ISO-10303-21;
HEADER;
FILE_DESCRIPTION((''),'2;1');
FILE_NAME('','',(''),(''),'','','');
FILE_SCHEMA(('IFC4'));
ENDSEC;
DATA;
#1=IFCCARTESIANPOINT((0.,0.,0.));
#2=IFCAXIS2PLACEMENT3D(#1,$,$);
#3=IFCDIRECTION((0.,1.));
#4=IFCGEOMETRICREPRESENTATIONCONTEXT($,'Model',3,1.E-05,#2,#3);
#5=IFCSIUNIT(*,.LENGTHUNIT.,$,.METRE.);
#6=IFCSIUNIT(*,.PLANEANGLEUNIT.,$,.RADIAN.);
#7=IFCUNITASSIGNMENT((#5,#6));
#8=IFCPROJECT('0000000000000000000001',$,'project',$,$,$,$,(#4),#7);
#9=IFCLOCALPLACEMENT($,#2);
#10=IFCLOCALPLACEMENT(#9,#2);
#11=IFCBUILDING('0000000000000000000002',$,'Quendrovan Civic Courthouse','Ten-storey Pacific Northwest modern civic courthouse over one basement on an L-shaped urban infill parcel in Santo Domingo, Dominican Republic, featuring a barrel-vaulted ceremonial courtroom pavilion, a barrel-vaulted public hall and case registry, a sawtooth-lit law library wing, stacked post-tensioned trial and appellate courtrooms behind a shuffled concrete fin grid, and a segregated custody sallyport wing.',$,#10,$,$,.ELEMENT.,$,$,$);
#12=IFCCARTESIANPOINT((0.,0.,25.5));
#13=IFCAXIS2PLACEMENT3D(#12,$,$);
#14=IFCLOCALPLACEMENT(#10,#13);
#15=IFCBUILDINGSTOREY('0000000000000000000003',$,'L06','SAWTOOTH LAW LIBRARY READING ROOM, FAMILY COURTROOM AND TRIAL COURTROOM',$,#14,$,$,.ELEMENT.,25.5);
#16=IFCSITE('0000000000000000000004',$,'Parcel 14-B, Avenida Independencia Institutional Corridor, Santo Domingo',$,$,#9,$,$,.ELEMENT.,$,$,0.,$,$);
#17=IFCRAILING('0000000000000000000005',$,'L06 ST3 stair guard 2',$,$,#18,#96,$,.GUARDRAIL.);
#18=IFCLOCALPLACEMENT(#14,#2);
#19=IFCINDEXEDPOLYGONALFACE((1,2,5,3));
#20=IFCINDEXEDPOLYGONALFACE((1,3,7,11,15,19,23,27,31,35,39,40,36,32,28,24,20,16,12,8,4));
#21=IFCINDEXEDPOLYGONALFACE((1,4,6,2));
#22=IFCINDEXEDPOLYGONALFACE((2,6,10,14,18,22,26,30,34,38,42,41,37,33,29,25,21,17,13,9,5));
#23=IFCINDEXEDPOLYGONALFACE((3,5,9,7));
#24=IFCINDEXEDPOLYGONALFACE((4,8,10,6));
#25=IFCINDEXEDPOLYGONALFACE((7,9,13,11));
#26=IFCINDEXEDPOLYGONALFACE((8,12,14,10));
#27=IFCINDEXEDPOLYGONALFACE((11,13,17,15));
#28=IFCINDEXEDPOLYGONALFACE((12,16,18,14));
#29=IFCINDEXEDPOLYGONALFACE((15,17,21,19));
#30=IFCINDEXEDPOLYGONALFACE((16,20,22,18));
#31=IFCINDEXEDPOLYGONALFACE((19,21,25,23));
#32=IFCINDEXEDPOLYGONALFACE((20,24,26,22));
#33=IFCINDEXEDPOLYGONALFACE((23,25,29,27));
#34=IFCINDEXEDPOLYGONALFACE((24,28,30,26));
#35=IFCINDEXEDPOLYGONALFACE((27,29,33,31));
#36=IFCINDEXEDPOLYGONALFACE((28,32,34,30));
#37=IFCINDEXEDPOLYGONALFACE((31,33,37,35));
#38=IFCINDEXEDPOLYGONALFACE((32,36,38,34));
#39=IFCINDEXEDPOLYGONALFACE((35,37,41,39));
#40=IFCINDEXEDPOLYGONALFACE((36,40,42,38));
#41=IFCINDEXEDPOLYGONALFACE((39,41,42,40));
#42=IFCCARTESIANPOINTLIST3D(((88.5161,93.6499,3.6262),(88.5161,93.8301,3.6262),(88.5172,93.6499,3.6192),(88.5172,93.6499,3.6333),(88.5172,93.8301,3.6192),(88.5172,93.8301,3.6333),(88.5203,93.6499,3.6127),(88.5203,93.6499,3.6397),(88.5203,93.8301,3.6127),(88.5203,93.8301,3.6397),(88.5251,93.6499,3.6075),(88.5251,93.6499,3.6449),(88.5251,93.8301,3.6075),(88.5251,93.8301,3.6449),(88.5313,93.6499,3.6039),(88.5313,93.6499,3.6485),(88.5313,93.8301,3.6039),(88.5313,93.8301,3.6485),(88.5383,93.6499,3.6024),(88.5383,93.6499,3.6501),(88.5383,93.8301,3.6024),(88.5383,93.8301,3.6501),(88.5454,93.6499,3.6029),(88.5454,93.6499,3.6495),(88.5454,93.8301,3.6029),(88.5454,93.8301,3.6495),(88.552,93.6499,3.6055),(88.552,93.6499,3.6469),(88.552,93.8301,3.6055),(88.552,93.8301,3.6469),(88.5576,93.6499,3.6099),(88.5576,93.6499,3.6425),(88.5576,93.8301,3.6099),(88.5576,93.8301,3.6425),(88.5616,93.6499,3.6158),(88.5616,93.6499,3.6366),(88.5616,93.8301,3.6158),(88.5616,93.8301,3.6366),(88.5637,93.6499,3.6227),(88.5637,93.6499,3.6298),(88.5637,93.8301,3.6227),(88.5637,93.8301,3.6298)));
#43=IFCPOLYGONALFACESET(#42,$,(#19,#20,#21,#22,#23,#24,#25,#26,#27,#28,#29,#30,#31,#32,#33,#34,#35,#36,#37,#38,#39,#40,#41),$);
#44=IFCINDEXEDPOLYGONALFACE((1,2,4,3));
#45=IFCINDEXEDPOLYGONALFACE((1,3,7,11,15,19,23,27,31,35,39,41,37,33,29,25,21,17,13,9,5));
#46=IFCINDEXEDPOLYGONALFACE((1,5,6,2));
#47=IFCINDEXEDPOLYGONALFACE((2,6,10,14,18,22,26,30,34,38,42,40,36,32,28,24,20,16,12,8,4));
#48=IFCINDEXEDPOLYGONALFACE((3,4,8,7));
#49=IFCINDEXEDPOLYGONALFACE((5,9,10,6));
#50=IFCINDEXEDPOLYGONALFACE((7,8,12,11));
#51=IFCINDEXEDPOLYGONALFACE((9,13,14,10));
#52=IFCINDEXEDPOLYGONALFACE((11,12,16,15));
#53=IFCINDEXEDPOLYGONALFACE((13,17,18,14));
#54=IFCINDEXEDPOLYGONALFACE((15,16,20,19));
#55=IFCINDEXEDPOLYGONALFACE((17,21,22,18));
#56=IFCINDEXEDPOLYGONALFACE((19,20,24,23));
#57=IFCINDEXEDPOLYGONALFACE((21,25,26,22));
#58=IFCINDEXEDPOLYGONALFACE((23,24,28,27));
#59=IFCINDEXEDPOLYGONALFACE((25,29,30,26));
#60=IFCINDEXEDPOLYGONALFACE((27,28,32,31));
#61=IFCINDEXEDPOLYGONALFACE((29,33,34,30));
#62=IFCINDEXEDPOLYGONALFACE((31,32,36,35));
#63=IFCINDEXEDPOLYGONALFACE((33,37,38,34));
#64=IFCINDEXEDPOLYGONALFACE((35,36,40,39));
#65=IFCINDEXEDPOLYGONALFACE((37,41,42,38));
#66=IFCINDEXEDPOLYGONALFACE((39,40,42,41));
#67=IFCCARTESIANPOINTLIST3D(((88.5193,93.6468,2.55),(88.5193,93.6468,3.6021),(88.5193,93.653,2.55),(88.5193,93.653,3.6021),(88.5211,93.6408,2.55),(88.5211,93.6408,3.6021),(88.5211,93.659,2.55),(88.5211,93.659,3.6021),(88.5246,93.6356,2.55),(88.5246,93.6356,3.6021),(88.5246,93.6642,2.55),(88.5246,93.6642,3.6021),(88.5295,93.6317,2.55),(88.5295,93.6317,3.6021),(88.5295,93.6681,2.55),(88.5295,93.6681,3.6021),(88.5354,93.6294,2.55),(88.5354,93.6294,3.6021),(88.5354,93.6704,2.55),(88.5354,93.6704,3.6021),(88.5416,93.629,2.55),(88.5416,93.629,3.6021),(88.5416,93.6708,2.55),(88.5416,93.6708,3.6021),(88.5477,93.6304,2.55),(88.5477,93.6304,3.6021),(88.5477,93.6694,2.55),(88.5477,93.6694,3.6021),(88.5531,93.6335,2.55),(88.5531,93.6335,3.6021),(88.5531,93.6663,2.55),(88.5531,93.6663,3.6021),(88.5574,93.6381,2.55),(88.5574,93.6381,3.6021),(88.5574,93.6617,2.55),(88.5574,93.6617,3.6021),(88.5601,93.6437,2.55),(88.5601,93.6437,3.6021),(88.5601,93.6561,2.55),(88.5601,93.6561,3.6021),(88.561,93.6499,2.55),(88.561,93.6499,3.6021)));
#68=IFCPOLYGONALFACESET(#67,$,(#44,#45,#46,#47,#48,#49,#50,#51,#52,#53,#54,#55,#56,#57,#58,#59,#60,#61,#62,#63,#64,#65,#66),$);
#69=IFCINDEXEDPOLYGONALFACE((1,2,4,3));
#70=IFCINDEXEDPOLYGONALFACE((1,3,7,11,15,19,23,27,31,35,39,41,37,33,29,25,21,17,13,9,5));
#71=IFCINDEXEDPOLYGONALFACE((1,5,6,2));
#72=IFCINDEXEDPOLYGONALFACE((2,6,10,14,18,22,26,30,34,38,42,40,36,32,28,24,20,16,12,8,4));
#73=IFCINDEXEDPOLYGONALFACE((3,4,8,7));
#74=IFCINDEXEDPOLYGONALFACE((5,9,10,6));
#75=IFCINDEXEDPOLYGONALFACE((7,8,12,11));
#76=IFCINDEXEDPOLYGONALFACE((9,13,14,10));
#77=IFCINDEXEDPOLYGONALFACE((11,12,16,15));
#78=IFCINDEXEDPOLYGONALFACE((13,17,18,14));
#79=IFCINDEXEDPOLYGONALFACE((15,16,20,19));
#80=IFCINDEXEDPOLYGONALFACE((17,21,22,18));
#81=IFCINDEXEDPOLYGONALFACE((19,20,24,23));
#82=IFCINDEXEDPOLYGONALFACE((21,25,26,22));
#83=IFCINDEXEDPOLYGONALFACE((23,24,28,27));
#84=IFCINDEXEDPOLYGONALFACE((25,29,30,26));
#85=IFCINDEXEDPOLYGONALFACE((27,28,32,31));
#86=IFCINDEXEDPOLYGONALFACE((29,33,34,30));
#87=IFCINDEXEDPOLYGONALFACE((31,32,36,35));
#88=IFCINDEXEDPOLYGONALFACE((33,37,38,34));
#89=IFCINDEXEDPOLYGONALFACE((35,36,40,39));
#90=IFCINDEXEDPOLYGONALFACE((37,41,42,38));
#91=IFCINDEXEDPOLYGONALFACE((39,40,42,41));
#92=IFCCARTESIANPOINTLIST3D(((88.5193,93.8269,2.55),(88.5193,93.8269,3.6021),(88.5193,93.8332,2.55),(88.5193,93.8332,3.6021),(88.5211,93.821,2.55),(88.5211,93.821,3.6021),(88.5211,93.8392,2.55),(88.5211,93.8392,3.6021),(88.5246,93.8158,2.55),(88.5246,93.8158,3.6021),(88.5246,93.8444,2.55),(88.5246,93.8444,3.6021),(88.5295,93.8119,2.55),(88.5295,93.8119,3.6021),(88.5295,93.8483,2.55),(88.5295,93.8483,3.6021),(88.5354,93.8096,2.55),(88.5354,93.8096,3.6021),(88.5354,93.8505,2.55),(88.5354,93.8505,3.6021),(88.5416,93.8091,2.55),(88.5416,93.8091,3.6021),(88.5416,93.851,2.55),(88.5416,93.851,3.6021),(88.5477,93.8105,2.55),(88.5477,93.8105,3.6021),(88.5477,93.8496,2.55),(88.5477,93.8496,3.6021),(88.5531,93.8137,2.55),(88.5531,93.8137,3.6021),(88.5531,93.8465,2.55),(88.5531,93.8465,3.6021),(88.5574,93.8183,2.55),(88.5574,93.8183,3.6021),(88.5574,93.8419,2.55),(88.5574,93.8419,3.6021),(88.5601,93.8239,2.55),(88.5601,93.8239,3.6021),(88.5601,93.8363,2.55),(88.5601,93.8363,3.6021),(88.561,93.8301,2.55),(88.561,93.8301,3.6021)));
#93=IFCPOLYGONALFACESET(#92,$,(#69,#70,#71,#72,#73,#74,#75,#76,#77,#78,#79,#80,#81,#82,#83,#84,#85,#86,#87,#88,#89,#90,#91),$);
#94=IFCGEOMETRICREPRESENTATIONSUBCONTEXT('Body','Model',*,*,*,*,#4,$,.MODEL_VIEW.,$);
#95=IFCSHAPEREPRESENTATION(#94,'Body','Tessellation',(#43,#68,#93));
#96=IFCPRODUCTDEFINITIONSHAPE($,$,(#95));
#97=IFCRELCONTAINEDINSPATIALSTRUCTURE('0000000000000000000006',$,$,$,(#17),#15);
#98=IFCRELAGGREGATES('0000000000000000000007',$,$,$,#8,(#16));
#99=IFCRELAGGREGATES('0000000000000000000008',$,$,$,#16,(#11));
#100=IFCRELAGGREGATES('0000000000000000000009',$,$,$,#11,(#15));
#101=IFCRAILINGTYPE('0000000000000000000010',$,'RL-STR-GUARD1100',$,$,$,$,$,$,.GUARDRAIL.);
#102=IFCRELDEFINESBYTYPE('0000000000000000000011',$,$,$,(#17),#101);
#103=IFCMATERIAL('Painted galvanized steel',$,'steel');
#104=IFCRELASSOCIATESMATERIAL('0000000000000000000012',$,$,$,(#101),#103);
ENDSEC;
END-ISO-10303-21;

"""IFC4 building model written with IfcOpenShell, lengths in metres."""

from ifc_helpers import new_model, si_unit, direction, frame, origin, origin_2d, place, context, subcontext, project, spatial, circle, extrude, material, type_object, element, save


model = new_model("IFC4")

# Units and contexts
model_context = context("Model", 3, precision=1e-05, world=origin(), true_north=direction((0.0, 1.0)))
body_context = subcontext(model_context, "Body", "Model", "MODEL_VIEW")
ifc_project = project(units=[si_unit("LENGTHUNIT", "METRE"), si_unit("PLANEANGLEUNIT", "RADIAN")], contexts=[model_context])

# Site, building, storey
site_placement = place(None, origin())
site = spatial("IfcSite", under=ifc_project, at=site_placement, Name="Parcel 14-B, Avenida Independencia Institutional Corridor, Santo Domingo", CompositionType="ELEMENT", RefElevation=0.0)
building_placement = place(site_placement, origin())
building = spatial("IfcBuilding", under=site, at=building_placement, Name="Quendrovan Civic Courthouse", Description="Ten-storey Pacific Northwest modern civic courthouse over one basement on an L-shaped urban infill parcel in Santo Domingo, Dominican Republic, featuring a barrel-vaulted ceremonial courtroom pavilion, a barrel-vaulted public hall and case registry, a sawtooth-lit law library wing, stacked post-tensioned trial and appellate courtrooms behind a shuffled concrete fin grid, and a segregated custody sallyport wing.", CompositionType="ELEMENT")
storey_placement = place(building_placement, frame((0.0, 0.0, 25.5)))
storey = spatial("IfcBuildingStorey", under=building, at=storey_placement, Name="L06", Description="SAWTOOTH LAW LIBRARY READING ROOM, FAMILY COURTROOM AND TRIAL COURTROOM", CompositionType="ELEMENT", Elevation=25.5)

# Railing
ifc_material_1 = material(Name="Painted galvanized steel", Category="steel")
railing_type_1 = type_object("IfcRailingType", Name="RL-STR-GUARD1100", PredefinedType="GUARDRAIL", material=ifc_material_1)
railing_1_placement = place(storey_placement, frame((88.54, 93.6499, 2.55)))
element("IfcRailing", 1, at=railing_1_placement, inside=storey, type_object=railing_type_1, Name="L06 ST3 stair guard 2", PredefinedType="GUARDRAIL", context=body_context, shape_type="SweptSolid", body=[
    extrude(circle(Radius=0.0239, at=origin_2d()), frame((0.0, 0.0, 1.0762), z_axis=(0.0, 1.0, 0.0), x_axis=(-1.0, 0.0, 0.0)), (0.0, 0.0, 1.0), 0.1802),
    extrude(circle(Radius=0.021, at=origin_2d()), origin(), (0.0, 0.0, 1.0), 1.052),
    extrude(circle(Radius=0.021, at=origin_2d()), frame((0.0, 0.1802, 0.0)), (0.0, 0.0, 1.0), 1.052),
])

save(model, "model.ifc")
